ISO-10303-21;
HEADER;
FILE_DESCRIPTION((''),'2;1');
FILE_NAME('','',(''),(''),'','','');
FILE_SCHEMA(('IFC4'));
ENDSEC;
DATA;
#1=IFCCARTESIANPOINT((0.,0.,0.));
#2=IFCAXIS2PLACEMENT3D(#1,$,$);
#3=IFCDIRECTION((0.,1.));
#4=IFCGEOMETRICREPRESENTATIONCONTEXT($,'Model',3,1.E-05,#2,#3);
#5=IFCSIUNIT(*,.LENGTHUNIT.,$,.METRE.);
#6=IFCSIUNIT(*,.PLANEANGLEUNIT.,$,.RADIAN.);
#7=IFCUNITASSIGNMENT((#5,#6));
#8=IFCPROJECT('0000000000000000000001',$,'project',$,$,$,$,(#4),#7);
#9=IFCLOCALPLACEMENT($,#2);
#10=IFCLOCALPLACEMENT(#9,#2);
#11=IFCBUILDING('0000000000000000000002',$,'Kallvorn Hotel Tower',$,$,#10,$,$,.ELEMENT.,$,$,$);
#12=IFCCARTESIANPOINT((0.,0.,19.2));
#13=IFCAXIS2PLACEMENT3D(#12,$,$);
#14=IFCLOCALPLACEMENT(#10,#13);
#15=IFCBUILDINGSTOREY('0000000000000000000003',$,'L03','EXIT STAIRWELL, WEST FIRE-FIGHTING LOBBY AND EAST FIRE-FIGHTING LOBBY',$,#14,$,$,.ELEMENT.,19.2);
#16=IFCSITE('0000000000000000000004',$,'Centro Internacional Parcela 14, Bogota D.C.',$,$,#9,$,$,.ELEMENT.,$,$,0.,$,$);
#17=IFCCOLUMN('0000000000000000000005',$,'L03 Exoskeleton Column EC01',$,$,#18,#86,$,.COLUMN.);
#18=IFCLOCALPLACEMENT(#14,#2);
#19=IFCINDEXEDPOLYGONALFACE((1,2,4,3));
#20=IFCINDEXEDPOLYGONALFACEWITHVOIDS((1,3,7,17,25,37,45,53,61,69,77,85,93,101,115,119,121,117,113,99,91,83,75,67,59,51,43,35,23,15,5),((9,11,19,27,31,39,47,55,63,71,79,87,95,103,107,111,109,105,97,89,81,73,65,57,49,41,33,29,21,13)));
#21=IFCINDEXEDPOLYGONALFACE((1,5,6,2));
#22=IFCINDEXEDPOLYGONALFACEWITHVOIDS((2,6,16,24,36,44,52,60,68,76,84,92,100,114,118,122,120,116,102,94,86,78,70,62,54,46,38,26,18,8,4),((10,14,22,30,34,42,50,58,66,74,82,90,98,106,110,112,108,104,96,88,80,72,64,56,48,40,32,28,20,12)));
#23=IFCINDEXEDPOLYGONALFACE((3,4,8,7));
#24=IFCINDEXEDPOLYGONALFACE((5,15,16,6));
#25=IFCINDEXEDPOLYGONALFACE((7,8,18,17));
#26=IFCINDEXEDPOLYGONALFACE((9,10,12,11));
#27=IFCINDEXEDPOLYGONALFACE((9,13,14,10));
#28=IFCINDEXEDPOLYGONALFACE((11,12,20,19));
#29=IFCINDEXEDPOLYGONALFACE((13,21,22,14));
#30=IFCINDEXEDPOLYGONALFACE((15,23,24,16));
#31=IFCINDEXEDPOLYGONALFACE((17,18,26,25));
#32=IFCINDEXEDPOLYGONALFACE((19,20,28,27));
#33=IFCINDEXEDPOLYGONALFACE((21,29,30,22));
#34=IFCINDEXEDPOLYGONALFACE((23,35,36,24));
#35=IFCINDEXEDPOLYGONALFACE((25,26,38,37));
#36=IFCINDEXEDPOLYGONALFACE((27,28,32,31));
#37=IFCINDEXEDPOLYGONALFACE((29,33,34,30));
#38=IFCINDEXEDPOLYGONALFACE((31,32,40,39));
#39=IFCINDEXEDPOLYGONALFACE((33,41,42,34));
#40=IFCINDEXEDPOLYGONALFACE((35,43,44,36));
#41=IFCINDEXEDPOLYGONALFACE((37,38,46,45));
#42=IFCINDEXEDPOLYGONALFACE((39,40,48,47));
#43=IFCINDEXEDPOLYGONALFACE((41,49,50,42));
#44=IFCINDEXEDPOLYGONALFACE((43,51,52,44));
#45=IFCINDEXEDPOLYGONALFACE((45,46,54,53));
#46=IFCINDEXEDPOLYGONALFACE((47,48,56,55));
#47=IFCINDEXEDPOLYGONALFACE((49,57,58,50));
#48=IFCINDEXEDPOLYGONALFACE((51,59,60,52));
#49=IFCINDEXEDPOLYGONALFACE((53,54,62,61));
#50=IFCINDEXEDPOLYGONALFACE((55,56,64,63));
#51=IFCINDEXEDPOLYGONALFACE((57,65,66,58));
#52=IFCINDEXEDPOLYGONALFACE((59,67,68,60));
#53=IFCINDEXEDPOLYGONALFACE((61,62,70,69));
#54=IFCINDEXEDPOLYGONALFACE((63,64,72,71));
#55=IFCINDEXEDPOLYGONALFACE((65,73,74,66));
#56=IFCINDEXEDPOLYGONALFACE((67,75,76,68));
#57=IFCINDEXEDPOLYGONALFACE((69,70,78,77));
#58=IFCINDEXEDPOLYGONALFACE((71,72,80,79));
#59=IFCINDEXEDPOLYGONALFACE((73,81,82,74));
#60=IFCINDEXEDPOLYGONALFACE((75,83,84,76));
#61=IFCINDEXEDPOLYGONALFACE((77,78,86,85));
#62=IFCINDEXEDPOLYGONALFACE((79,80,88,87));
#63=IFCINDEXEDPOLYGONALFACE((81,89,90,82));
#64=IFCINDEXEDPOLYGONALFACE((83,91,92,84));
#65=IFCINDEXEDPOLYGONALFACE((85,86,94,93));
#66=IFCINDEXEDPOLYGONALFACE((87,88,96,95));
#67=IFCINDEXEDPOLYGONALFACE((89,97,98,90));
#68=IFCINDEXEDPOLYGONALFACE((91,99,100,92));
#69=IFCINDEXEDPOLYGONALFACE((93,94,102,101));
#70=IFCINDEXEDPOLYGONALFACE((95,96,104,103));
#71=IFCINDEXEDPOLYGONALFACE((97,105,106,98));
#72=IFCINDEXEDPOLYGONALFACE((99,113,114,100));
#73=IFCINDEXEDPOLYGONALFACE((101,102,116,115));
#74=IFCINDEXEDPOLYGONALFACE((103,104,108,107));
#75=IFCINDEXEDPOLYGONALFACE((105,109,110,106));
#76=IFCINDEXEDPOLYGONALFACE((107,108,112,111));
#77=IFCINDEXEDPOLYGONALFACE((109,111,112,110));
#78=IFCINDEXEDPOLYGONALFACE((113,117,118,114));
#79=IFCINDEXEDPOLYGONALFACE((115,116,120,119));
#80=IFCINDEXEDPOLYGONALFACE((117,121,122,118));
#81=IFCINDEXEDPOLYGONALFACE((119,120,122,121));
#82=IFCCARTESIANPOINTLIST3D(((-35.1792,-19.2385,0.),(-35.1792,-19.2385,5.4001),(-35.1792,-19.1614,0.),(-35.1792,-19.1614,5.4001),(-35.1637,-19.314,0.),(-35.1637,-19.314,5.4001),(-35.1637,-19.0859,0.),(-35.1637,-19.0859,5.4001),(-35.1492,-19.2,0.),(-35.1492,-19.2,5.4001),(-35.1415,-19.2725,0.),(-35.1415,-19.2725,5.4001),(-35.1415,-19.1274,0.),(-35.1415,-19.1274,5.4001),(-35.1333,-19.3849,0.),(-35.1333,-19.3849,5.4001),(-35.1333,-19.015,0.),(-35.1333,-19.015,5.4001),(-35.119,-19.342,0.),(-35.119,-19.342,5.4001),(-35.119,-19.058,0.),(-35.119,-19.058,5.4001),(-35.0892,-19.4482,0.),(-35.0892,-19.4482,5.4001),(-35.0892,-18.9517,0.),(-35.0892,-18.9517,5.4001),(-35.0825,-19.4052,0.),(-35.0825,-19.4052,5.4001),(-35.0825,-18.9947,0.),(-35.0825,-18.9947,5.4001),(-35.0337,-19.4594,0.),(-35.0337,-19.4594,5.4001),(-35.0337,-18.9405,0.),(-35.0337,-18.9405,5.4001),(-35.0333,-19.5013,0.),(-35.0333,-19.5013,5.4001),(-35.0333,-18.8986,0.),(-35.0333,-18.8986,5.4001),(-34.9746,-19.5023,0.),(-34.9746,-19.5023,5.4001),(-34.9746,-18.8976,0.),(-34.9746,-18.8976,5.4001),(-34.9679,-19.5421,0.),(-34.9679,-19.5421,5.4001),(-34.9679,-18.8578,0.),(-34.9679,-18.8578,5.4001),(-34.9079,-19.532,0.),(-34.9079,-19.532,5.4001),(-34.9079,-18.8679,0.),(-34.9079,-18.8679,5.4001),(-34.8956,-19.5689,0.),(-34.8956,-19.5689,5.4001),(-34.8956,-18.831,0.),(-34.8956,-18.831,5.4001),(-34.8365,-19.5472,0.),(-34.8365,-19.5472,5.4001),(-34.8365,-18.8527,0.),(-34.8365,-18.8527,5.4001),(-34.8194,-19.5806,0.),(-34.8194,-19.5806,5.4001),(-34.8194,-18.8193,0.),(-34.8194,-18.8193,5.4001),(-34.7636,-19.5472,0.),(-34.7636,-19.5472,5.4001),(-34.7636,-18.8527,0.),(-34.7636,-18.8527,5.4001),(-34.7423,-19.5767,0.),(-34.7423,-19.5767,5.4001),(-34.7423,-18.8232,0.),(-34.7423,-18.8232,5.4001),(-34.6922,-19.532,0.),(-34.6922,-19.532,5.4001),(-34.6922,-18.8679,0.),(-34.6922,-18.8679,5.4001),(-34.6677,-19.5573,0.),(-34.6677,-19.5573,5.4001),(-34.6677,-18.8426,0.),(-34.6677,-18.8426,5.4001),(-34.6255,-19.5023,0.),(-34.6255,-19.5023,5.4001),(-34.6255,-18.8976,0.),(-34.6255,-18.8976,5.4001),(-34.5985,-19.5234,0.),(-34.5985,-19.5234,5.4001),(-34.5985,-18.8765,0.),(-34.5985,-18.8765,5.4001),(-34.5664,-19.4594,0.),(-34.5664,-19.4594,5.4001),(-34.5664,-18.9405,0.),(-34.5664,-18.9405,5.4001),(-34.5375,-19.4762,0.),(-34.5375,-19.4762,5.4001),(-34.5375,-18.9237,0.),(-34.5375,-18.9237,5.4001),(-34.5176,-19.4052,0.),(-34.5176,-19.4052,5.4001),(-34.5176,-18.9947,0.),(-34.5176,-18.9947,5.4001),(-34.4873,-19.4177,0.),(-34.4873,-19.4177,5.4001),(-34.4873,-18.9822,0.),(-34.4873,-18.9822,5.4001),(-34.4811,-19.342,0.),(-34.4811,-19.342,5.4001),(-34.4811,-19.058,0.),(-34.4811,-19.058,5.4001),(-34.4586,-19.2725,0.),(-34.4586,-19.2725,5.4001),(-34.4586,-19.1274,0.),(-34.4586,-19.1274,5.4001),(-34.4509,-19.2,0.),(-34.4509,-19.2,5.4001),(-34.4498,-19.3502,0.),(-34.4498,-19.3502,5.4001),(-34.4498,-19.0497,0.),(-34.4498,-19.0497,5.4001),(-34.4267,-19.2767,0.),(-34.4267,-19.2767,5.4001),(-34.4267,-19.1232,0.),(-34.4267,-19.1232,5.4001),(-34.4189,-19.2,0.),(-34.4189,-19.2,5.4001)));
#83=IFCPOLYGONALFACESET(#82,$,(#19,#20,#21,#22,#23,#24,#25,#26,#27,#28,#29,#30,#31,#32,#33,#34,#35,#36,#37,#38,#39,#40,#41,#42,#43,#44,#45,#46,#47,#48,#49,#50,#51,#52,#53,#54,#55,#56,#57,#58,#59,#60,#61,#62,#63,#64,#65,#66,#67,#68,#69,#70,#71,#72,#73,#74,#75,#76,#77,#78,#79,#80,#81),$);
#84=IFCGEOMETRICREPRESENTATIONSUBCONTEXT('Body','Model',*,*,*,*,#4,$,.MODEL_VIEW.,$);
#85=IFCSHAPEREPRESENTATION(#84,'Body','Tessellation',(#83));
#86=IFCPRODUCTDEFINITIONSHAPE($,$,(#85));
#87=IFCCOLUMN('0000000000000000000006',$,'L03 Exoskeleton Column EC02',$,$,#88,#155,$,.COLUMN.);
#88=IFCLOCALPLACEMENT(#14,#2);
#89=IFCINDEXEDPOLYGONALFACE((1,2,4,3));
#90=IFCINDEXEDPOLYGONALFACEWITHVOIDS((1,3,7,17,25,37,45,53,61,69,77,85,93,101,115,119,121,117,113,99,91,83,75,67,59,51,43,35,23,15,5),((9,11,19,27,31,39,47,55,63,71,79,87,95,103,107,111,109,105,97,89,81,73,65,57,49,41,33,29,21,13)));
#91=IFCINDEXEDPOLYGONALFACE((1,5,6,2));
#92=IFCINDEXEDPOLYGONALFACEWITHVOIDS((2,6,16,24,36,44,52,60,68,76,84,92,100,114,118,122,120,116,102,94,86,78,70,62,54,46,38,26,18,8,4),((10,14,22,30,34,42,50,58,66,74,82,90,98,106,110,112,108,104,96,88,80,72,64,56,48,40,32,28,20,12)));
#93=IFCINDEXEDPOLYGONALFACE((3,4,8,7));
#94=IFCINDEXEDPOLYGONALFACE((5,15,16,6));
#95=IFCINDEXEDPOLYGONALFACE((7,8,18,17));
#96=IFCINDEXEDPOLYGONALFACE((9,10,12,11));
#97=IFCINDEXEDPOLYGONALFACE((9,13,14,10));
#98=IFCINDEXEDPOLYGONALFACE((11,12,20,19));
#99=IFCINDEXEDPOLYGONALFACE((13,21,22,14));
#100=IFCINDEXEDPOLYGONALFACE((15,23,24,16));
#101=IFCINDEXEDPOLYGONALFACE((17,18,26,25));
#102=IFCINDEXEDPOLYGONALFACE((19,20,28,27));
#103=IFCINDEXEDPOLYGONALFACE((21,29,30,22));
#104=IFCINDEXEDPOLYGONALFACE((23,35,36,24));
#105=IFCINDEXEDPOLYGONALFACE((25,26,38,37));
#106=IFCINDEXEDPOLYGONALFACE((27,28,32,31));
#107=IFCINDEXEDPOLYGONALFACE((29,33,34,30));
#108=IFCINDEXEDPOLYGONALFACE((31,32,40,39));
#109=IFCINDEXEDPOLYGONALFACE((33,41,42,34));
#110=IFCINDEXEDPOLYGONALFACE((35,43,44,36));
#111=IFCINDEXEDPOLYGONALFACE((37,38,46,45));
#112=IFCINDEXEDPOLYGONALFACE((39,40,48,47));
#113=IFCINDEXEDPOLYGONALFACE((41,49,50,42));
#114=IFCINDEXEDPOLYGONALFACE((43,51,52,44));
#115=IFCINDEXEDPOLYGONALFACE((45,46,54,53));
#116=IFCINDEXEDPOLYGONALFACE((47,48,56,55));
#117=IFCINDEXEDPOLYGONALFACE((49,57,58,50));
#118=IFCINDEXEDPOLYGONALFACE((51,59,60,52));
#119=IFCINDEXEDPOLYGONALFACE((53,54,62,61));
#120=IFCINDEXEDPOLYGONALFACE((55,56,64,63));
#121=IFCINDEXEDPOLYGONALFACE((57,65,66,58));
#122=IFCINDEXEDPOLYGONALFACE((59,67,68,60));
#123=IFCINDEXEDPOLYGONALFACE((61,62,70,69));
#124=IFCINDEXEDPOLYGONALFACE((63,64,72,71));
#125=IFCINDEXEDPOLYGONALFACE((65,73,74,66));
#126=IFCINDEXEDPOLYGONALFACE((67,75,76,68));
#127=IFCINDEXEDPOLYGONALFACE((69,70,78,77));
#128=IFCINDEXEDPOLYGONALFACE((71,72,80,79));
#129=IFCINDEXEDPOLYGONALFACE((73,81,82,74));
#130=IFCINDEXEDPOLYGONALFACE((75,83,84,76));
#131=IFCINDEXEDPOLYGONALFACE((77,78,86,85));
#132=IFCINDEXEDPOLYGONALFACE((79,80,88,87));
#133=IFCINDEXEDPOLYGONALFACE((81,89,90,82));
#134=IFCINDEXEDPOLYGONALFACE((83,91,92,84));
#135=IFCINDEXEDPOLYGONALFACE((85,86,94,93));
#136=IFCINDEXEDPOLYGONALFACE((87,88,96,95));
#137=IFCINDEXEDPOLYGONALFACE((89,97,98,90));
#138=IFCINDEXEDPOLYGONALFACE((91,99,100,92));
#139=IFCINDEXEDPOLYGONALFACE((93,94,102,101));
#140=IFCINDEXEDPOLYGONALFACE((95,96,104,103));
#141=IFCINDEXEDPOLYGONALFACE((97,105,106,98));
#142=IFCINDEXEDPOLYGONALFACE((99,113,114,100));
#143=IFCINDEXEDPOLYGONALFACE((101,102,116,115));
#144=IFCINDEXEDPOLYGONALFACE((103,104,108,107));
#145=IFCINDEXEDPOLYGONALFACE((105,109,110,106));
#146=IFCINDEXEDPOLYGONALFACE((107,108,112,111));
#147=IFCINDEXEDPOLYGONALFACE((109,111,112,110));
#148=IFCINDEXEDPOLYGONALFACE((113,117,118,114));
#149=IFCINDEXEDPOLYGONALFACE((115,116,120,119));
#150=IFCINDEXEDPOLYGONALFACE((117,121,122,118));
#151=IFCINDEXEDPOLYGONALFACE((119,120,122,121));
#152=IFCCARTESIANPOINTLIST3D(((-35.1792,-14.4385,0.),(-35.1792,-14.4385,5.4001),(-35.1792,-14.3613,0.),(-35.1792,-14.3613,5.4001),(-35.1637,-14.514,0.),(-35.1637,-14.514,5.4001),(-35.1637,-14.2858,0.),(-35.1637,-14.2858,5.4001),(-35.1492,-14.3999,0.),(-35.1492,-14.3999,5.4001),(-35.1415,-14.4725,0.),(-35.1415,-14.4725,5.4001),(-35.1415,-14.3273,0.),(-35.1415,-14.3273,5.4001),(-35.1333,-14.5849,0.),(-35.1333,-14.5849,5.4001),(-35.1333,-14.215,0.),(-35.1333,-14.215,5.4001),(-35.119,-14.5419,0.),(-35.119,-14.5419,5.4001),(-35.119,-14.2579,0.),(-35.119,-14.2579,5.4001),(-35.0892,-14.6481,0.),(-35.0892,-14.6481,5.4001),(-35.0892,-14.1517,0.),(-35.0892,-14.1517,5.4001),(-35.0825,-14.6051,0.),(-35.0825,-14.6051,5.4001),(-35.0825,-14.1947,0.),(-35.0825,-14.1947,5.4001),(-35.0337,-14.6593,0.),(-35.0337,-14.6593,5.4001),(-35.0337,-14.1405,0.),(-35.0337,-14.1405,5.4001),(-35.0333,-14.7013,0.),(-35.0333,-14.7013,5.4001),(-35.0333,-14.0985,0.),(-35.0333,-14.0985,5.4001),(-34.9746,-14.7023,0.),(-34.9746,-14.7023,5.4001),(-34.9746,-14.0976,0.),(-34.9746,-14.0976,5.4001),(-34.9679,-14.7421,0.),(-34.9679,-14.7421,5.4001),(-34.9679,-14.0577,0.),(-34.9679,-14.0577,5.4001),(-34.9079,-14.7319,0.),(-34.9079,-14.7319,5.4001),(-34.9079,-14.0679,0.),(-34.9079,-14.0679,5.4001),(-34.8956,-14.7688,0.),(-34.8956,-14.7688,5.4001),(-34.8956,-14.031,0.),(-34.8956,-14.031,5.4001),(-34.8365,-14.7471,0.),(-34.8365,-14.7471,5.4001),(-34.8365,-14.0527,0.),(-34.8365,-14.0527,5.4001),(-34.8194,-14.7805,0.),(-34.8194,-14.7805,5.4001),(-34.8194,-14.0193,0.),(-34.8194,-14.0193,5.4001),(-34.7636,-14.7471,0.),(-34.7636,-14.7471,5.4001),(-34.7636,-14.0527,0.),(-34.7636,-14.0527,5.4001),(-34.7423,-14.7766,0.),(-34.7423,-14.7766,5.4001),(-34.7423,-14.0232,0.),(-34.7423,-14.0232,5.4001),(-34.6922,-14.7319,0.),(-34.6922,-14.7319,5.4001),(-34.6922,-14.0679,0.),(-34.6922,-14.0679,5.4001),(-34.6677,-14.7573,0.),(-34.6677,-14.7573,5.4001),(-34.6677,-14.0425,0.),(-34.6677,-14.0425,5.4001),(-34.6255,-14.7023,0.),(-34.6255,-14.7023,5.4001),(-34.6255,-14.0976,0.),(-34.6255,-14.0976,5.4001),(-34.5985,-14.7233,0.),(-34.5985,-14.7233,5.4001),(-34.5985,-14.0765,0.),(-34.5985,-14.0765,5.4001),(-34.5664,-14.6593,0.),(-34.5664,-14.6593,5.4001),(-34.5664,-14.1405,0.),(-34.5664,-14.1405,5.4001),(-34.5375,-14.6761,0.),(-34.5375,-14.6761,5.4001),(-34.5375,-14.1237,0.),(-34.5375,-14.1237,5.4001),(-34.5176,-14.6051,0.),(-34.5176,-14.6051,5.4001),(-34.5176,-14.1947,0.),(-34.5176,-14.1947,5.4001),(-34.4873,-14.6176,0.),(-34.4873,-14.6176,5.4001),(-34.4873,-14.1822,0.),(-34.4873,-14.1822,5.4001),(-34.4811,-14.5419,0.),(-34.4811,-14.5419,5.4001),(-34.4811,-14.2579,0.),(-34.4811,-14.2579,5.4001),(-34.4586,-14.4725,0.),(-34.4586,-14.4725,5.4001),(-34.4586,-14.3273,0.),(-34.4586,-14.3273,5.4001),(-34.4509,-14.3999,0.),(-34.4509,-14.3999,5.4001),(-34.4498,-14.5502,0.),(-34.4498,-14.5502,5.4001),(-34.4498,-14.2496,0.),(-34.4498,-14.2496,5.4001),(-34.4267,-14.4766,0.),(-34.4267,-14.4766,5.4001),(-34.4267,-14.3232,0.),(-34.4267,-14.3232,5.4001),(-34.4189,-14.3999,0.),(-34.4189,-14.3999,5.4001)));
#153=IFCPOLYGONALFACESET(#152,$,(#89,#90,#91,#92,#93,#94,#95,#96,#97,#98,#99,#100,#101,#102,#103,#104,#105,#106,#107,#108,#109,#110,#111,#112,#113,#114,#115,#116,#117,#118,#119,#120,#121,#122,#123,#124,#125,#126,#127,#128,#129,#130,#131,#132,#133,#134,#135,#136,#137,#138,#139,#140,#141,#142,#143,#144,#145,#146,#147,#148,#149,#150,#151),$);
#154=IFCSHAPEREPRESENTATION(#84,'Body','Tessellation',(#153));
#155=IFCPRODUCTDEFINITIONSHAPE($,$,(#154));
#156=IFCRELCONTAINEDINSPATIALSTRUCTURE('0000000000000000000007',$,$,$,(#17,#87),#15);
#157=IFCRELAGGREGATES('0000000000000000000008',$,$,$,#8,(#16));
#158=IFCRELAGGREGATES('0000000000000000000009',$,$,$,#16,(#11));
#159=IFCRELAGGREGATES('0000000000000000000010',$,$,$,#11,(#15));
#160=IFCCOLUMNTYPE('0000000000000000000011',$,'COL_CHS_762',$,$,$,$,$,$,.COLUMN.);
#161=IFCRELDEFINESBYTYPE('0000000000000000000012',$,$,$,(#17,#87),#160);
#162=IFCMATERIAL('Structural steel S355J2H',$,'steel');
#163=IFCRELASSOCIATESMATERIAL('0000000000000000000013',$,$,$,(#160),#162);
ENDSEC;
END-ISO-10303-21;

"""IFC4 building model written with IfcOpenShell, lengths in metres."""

from ifc_helpers import new_model, si_unit, direction, frame, origin, origin_2d, place, context, subcontext, project, spatial, hollow_circle, extrude, material, material_profile, profile_set, type_object, element, save


model = new_model("IFC4")

# Units and contexts
model_context = context("Model", 3, precision=1e-05, world=origin(), true_north=direction((0.0, 1.0)))
body_context = subcontext(model_context, "Body", "Model", "MODEL_VIEW")
ifc_project = project(units=[si_unit("LENGTHUNIT", "METRE"), si_unit("PLANEANGLEUNIT", "RADIAN")], contexts=[model_context])

# Site, building, storey
site_placement = place(None, origin())
site = spatial("IfcSite", under=ifc_project, at=site_placement, Name="Centro Internacional Parcela 14, Bogota D.C.", CompositionType="ELEMENT", RefElevation=0.0)
building_placement = place(site_placement, origin())
building = spatial("IfcBuilding", under=site, at=building_placement, Name="Kallvorn Hotel Tower", CompositionType="ELEMENT")
storey_placement = place(building_placement, frame((0.0, 0.0, 19.2)))
storey = spatial("IfcBuildingStorey", under=building, at=storey_placement, Name="L03", Description="EXIT STAIRWELL, WEST FIRE-FIGHTING LOBBY AND EAST FIRE-FIGHTING LOBBY", CompositionType="ELEMENT", Elevation=19.2)

# Columns
ifc_material_1 = material(Name="Structural steel S355J2H", Category="steel")
ifc_material_profile_1 = material_profile(ifc_material_1, hollow_circle(Radius=0.3811, WallThickness=0.032, at=origin_2d()), Name="CHS 762x32")
ifc_profile_set_1 = profile_set([ifc_material_profile_1], Name="Structural steel S355J2H")
column_type_1 = type_object("IfcColumnType", Name="COL_CHS_762", PredefinedType="COLUMN", material=ifc_profile_set_1)
for number, where, z_axis, x_axis, name in (
    (1, (-34.8, -19.2, 0.0), (0.0, 0.0, 1.0), (1.0, 0.0, 0.0), "L03 Exoskeleton Column EC01"),
    (2, (-34.8, -14.3999, 0.0), (0.0, 0.0, 1.0), (1.0, 0.0, 0.0), "L03 Exoskeleton Column EC02"),
):
    element("IfcColumn", number, at=place(storey_placement, frame(where, z_axis=z_axis, x_axis=x_axis)), inside=storey, type_object=column_type_1, Name=name, PredefinedType="COLUMN", context=body_context, shape_type="SweptSolid", body=[
        extrude(hollow_circle(Radius=0.3811, WallThickness=0.032, at=origin_2d()), origin(), (0.0, 0.0, 1.0), 5.4001),
    ])

save(model, "model.ifc")
